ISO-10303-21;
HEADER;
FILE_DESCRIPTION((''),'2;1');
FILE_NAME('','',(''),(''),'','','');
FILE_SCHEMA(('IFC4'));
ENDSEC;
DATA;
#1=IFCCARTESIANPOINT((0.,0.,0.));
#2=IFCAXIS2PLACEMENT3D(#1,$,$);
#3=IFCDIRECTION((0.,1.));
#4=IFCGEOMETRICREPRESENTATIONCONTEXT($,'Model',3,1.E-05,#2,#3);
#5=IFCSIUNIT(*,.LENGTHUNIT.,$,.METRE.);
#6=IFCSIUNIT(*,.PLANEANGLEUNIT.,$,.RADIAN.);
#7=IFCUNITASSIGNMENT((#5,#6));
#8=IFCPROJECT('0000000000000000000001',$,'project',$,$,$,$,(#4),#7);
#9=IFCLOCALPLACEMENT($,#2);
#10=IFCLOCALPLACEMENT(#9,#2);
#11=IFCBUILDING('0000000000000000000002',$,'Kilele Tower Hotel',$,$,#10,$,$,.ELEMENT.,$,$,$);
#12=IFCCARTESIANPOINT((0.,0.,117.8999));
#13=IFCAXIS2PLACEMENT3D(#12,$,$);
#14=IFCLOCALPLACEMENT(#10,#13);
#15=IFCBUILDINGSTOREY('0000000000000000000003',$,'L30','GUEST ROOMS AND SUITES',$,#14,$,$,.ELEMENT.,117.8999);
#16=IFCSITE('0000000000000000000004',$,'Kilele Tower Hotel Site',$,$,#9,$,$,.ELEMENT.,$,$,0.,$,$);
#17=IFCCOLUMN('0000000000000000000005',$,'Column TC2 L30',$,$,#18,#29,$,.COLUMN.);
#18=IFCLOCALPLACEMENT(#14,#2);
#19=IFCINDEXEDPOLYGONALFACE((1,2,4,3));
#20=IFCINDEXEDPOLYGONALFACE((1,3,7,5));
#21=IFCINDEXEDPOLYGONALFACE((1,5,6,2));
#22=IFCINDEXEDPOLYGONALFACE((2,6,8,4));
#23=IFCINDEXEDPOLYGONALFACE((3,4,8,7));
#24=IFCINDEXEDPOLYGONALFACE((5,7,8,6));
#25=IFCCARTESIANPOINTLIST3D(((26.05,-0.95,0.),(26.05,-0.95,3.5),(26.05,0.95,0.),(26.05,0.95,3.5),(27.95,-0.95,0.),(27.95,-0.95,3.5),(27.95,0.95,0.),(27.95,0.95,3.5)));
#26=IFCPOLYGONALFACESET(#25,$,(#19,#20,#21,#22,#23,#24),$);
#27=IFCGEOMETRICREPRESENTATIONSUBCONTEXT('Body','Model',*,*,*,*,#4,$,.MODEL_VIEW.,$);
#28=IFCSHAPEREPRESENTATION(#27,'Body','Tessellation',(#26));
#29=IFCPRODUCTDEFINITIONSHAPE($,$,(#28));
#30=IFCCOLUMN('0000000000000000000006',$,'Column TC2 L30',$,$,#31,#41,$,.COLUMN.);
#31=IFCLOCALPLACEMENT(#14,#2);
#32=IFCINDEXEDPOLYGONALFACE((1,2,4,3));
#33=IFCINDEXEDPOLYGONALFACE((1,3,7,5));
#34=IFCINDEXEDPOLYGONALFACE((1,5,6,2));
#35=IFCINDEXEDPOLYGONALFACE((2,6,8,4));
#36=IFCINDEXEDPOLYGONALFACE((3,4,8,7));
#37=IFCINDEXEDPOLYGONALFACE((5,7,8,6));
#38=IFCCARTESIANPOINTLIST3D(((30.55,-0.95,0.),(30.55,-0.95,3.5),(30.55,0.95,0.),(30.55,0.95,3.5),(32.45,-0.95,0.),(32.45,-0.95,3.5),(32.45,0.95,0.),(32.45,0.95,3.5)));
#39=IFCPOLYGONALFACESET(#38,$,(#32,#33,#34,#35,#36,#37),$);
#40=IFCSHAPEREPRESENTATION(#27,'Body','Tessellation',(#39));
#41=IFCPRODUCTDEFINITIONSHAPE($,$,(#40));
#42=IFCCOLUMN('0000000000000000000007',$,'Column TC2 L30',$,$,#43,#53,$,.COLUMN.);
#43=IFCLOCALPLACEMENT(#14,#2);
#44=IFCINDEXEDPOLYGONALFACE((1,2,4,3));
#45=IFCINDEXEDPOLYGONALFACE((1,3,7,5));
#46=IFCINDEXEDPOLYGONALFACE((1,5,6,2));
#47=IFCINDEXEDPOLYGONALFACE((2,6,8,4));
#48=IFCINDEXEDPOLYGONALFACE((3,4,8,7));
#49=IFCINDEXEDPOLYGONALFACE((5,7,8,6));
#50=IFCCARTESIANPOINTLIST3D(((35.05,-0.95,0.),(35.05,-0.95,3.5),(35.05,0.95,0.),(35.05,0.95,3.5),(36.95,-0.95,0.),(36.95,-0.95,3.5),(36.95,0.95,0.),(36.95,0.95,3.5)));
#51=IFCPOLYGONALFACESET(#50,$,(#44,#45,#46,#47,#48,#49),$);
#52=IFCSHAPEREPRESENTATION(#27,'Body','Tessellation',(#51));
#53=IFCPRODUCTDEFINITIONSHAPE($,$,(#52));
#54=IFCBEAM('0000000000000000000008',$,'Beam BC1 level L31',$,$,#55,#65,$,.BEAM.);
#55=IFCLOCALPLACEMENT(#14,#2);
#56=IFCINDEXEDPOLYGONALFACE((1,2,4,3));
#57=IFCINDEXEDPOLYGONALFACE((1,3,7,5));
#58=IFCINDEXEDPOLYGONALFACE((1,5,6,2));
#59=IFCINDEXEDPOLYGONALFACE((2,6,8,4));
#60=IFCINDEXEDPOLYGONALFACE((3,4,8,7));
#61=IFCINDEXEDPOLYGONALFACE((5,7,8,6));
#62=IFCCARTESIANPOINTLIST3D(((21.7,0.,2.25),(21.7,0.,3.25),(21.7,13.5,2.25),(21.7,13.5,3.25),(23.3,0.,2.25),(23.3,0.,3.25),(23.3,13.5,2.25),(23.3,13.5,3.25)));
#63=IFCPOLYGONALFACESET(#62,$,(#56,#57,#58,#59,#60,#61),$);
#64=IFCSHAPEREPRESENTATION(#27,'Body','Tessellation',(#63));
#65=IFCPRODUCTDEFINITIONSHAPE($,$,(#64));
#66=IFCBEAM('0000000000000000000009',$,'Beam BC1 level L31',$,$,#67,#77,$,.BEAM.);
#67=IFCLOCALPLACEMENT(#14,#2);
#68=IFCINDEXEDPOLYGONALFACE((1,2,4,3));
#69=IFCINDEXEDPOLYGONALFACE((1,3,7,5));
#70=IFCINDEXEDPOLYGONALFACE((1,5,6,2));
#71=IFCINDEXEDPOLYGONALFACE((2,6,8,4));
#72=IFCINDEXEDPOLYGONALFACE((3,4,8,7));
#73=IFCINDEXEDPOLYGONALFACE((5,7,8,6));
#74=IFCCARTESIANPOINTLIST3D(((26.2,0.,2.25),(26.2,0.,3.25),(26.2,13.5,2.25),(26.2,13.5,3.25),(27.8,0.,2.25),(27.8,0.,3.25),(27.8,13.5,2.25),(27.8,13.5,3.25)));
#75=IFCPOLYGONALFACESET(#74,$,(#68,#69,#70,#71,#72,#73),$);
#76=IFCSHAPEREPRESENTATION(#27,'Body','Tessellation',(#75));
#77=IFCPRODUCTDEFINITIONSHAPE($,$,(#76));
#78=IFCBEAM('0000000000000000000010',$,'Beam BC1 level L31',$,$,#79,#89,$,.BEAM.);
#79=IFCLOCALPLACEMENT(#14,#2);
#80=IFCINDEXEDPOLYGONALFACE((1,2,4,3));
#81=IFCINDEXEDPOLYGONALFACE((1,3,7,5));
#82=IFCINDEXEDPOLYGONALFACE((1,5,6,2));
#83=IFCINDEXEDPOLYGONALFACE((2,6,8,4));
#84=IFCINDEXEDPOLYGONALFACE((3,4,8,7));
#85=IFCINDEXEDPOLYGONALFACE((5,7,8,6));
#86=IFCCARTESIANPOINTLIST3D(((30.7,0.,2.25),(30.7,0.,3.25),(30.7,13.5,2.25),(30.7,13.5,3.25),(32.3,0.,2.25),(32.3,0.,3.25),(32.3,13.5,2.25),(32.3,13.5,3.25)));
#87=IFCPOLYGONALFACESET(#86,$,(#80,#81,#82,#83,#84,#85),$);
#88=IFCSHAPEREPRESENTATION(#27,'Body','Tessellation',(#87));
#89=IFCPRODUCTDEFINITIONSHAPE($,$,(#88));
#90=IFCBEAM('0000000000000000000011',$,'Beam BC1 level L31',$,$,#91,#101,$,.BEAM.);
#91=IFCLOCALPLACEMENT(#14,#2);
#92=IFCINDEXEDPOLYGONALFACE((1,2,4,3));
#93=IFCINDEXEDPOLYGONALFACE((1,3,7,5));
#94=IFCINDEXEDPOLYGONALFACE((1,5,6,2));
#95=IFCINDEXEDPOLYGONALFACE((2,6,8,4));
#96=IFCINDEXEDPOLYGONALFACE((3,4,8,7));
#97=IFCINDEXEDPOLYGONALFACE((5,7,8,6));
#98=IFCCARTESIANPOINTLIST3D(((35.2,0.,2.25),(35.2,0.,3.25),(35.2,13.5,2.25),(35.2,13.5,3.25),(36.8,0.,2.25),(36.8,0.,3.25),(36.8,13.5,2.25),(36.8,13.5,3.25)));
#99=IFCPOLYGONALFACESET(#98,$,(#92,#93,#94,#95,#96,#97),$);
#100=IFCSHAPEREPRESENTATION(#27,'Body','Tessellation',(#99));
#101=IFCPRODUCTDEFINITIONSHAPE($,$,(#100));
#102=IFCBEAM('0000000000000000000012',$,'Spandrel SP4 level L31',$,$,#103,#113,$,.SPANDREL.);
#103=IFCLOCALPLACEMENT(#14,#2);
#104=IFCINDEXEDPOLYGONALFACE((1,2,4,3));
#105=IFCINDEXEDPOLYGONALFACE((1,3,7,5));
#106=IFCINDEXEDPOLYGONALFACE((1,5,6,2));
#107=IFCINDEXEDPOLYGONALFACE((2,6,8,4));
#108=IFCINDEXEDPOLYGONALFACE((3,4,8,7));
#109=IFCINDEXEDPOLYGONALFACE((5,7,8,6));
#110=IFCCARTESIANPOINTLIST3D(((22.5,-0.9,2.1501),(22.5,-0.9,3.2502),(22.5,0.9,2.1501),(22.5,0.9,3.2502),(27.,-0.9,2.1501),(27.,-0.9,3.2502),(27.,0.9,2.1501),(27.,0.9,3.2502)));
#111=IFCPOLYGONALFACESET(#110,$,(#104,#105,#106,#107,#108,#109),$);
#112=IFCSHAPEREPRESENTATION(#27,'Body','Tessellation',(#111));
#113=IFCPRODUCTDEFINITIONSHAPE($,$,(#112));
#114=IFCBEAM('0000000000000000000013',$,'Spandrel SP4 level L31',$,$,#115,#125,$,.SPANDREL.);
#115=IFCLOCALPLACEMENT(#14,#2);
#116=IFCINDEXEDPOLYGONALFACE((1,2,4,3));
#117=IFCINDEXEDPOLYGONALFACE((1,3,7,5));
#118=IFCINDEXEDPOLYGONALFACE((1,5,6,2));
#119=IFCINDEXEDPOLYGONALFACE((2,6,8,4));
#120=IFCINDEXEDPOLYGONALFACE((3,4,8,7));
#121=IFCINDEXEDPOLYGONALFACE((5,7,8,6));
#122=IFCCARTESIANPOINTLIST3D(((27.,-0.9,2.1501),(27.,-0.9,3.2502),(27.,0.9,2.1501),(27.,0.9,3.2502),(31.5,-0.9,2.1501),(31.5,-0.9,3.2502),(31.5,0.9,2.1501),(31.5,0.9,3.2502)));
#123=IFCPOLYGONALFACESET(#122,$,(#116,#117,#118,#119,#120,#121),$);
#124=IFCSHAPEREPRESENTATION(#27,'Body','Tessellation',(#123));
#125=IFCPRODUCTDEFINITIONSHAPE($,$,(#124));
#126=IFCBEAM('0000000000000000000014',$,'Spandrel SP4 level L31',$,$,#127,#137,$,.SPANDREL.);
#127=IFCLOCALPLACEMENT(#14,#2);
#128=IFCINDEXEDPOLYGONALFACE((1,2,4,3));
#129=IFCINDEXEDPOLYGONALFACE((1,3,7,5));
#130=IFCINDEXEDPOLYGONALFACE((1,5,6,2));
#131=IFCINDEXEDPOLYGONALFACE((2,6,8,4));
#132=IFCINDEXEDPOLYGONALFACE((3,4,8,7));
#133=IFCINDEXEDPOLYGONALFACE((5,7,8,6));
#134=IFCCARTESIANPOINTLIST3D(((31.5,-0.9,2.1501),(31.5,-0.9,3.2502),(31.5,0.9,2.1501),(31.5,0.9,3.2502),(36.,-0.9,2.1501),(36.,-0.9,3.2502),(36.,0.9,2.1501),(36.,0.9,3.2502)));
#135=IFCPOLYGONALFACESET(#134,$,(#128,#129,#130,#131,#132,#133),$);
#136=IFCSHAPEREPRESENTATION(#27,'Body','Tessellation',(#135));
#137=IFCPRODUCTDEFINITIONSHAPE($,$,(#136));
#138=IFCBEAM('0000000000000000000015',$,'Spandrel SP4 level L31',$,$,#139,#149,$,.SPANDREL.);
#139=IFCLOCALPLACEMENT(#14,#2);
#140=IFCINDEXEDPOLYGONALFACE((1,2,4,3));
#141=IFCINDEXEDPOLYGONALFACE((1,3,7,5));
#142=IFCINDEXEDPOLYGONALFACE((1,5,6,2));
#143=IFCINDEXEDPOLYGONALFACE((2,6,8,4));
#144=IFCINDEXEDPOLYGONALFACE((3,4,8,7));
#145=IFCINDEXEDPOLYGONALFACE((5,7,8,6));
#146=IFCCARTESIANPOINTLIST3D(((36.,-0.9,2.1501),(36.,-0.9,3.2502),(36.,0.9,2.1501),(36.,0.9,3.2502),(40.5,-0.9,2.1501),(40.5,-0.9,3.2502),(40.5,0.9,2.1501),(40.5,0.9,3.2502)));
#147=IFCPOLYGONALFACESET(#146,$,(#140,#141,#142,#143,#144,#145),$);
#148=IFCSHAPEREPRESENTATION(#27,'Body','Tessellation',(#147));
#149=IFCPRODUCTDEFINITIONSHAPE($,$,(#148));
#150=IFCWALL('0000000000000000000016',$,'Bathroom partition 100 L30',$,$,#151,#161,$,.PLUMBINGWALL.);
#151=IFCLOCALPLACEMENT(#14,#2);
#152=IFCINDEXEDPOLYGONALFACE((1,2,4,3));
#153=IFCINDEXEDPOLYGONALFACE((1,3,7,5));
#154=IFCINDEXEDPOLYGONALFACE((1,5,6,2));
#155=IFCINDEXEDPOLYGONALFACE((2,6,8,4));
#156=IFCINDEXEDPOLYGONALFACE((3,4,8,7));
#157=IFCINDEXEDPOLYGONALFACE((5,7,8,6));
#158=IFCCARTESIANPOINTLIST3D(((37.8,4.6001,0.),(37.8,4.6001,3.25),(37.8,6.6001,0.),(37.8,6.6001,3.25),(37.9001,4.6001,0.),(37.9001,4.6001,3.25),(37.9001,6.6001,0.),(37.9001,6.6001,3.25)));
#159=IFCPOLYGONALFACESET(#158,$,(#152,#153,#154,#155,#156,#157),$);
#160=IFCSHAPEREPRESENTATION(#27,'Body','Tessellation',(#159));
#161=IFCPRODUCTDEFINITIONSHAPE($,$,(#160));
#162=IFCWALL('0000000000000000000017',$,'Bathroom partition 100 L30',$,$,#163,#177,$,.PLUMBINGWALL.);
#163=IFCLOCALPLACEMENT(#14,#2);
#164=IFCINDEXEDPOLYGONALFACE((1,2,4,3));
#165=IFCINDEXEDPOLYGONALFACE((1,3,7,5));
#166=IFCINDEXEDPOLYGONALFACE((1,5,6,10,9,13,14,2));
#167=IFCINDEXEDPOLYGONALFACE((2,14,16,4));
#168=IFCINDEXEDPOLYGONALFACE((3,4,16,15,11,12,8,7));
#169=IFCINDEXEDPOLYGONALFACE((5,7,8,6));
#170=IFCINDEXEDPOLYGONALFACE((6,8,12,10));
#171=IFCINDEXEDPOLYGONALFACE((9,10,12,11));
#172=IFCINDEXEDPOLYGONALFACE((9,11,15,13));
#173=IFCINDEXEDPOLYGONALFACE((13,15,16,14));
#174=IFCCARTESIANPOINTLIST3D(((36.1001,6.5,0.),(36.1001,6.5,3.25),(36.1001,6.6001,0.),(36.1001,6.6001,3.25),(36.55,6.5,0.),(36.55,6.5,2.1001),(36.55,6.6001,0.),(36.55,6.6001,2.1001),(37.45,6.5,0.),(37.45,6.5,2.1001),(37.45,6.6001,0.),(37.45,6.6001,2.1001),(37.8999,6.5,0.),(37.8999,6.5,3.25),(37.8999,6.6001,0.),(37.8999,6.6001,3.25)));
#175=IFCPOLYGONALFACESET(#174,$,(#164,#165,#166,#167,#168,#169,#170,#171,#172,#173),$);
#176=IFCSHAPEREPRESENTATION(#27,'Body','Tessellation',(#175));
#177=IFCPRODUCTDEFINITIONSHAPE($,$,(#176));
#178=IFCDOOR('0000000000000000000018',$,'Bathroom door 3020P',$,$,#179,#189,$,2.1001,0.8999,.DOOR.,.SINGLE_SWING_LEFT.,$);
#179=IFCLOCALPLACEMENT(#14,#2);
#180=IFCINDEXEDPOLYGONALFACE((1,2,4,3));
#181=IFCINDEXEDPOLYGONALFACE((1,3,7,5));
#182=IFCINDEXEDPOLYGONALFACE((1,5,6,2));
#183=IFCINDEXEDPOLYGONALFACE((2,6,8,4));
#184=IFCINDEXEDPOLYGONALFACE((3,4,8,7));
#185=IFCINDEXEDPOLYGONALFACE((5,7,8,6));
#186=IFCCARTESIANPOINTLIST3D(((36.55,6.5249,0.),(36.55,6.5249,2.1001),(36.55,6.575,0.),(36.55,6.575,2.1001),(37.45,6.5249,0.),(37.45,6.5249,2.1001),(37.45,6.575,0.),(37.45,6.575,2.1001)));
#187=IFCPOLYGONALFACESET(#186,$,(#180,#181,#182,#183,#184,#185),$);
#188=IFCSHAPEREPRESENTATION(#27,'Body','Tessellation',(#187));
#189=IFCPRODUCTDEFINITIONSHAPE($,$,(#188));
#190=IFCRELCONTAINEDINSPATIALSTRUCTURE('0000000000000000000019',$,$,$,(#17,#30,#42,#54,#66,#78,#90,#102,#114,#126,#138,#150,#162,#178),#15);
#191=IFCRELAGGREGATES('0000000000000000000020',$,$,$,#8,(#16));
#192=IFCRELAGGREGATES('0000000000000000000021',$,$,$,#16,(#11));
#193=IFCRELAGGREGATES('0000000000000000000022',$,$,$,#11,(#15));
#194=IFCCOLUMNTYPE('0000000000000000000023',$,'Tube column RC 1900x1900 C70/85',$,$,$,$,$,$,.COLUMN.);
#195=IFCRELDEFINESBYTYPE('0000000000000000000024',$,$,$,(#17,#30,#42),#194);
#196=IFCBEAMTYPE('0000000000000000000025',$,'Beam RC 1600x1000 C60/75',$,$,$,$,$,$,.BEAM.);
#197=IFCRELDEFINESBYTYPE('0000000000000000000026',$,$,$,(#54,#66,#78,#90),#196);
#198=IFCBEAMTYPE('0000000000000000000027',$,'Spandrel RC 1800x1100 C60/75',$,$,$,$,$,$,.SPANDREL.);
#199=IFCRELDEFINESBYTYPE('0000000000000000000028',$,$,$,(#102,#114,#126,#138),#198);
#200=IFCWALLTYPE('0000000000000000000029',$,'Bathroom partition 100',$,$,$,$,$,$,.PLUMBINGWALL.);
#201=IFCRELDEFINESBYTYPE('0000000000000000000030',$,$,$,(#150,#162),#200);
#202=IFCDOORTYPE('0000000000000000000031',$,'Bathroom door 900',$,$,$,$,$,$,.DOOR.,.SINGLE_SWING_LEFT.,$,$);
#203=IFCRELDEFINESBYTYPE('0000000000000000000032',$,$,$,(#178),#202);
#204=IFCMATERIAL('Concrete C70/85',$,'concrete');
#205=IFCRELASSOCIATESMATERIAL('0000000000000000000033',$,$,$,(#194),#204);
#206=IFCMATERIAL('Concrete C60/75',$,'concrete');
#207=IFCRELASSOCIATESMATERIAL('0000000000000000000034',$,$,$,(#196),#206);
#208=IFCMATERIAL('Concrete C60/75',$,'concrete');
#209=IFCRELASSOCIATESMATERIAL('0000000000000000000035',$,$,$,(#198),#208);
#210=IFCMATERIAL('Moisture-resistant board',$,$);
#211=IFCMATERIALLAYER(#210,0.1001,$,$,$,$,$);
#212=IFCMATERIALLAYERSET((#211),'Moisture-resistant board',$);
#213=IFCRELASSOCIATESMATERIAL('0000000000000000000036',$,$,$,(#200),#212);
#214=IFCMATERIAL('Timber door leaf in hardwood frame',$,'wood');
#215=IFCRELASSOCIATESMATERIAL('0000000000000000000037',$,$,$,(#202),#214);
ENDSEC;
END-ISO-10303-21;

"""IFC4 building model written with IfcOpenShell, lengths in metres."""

from ifc_helpers import new_model, si_unit, direction, frame, frame_2d, origin, origin_2d, place, context, subcontext, project, spatial, rectangle, extrude, material, layer, layer_set, material_profile, profile_set, type_object, element, fill, save


model = new_model("IFC4")

# Units and contexts
model_context = context("Model", 3, precision=1e-05, world=origin(), true_north=direction((0.0, 1.0)))
body_context = subcontext(model_context, "Body", "Model", "MODEL_VIEW")
ifc_project = project(units=[si_unit("LENGTHUNIT", "METRE"), si_unit("PLANEANGLEUNIT", "RADIAN")], contexts=[model_context])

# Site, building, storey
site_placement = place(None, origin())
site = spatial("IfcSite", under=ifc_project, at=site_placement, Name="Kilele Tower Hotel Site", CompositionType="ELEMENT", RefElevation=0.0)
building_placement = place(site_placement, origin())
building = spatial("IfcBuilding", under=site, at=building_placement, Name="Kilele Tower Hotel", CompositionType="ELEMENT")
storey_placement = place(building_placement, frame((0.0, 0.0, 117.8999)))
storey = spatial("IfcBuildingStorey", under=building, at=storey_placement, Name="L30", Description="GUEST ROOMS AND SUITES", CompositionType="ELEMENT", Elevation=117.8999)

# Columns
ifc_material_1 = material(Name="Concrete C70/85", Category="concrete")
ifc_material_profile_1 = material_profile(ifc_material_1, rectangle(XDim=1.8999, YDim=1.8999, at=origin_2d()))
ifc_profile_set_1 = profile_set([ifc_material_profile_1], Name="Concrete C70/85")
column_type = type_object("IfcColumnType", Name="Tube column RC 1900x1900 C70/85", PredefinedType="COLUMN", material=ifc_profile_set_1)
for number, where, z_axis, x_axis, name in (
    (1, (27.0, 0.0, 0.0), (0.0, 0.0, 1.0), (1.0, 0.0, 0.0), "Column TC2 L30"),
    (2, (31.5, 0.0, 0.0), (0.0, 0.0, 1.0), (1.0, 0.0, 0.0), "Column TC2 L30"),
    (3, (36.0, 0.0, 0.0), (0.0, 0.0, 1.0), (1.0, 0.0, 0.0), "Column TC2 L30"),
):
    element("IfcColumn", number, at=place(storey_placement, frame(where, z_axis=z_axis, x_axis=x_axis)), inside=storey, type_object=column_type, Name=name, PredefinedType="COLUMN", context=body_context, shape_type="SweptSolid", body=[
        extrude(rectangle(XDim=1.8999, YDim=1.8999, at=origin_2d()), origin(), (0.0, 0.0, 1.0), 3.5),
    ])

# Beams
ifc_material_2 = material(Name="Concrete C60/75", Category="concrete")
ifc_material_profile_2 = material_profile(ifc_material_2, rectangle(XDim=1.6001, YDim=1.0, at=origin_2d()))
ifc_profile_set_2 = profile_set([ifc_material_profile_2], Name="Concrete C60/75")
beam_type_1 = type_object("IfcBeamType", Name="Beam RC 1600x1000 C60/75", PredefinedType="BEAM", material=ifc_profile_set_2)
for number, where, z_axis, x_axis, name in (
    (4, (22.5, 0.0, 2.75), (0.0, 1.0, 0.0), (-1.0, 0.0, 0.0), "Beam BC1 level L31"),
    (5, (27.0, 0.0, 2.75), (0.0, 1.0, 0.0), (-1.0, 0.0, 0.0), "Beam BC1 level L31"),
    (6, (31.5, 0.0, 2.75), (0.0, 1.0, 0.0), (-1.0, 0.0, 0.0), "Beam BC1 level L31"),
    (7, (36.0, 0.0, 2.75), (0.0, 1.0, 0.0), (-1.0, 0.0, 0.0), "Beam BC1 level L31"),
):
    element("IfcBeam", number, at=place(storey_placement, frame(where, z_axis=z_axis, x_axis=x_axis)), inside=storey, type_object=beam_type_1, Name=name, PredefinedType="BEAM", context=body_context, shape_type="SweptSolid", body=[
        extrude(rectangle(XDim=1.6001, YDim=1.0, at=origin_2d()), origin(), (0.0, 0.0, 1.0), 13.5),
    ])
ifc_material_3 = material(Name="Concrete C60/75", Category="concrete")
ifc_material_profile_3 = material_profile(ifc_material_3, rectangle(XDim=1.8, YDim=1.1001, at=origin_2d()))
ifc_profile_set_3 = profile_set([ifc_material_profile_3], Name="Concrete C60/75")
beam_type_2 = type_object("IfcBeamType", Name="Spandrel RC 1800x1100 C60/75", PredefinedType="SPANDREL", material=ifc_profile_set_3)
for number, where, z_axis, x_axis, name in (
    (8, (22.5, 0.0, 2.7002), (1.0, 0.0, 0.0), (0.0, 1.0, 0.0), "Spandrel SP4 level L31"),
    (9, (27.0, 0.0, 2.7002), (1.0, 0.0, 0.0), (0.0, 1.0, 0.0), "Spandrel SP4 level L31"),
    (10, (31.5, 0.0, 2.7002), (1.0, 0.0, 0.0), (0.0, 1.0, 0.0), "Spandrel SP4 level L31"),
    (11, (36.0, 0.0, 2.7002), (1.0, 0.0, 0.0), (0.0, 1.0, 0.0), "Spandrel SP4 level L31"),
):
    element("IfcBeam", number, at=place(storey_placement, frame(where, z_axis=z_axis, x_axis=x_axis)), inside=storey, type_object=beam_type_2, Name=name, PredefinedType="SPANDREL", context=body_context, shape_type="SweptSolid", body=[
        extrude(rectangle(XDim=1.8, YDim=1.1001, at=origin_2d()), origin(), (0.0, 0.0, 1.0), 4.5),
    ])

# Wall
ifc_material_4 = material(Name="Moisture-resistant board")
ifc_layer_1 = layer(ifc_material_4, 0.1001)
ifc_layer_set_1 = layer_set([ifc_layer_1], Name="Moisture-resistant board")
wall_type_1 = type_object("IfcWallType", Name="Bathroom partition 100", PredefinedType="PLUMBINGWALL", material=ifc_layer_set_1)
wall_1_placement = place(storey_placement, frame((37.8501, 4.6001, 0.0), z_axis=(0.0, 0.0, 1.0), x_axis=(0.0, 1.0, 0.0)))
element("IfcWall", 12, at=wall_1_placement, inside=storey, type_object=wall_type_1, Name="Bathroom partition 100 L30", PredefinedType="PLUMBINGWALL", context=body_context, shape_type="SweptSolid", body=[
    extrude(rectangle(XDim=2.0, YDim=0.1001, at=frame_2d((1.0, 0.0))), origin(), (0.0, 0.0, 1.0), 3.25),
])

# Wall, opening, door
wall_2_placement = place(storey_placement, frame((36.1001, 6.55, 0.0), z_axis=(0.0, 0.0, 1.0), x_axis=(1.0, 0.0, 0.0)))
wall_2 = element("IfcWall", 13, at=wall_2_placement, inside=storey, type_object=wall_type_1, Name="Bathroom partition 100 L30", PredefinedType="PLUMBINGWALL", context=body_context, shape_type="SweptSolid", body=[
    extrude(rectangle(XDim=1.7998, YDim=0.1001, at=frame_2d((0.8999, 0.0))), origin(), (0.0, 0.0, 1.0), 3.25),
])
opening_1_placement = place(wall_2_placement, frame((0.45, 0.0, 0.0)))
opening_1 = element("IfcOpeningElement", 14, at=opening_1_placement, cuts=wall_2, PredefinedType="OPENING", context=body_context, shape_type="SweptSolid", body=[
    extrude(rectangle(XDim=0.8999, YDim=2.1001, at=frame_2d((0.45, 1.05))), frame((0.0, 0.0601, 0.0), z_axis=(0.0, -1.0, 0.0), x_axis=(1.0, 0.0, 0.0)), (0.0, 0.0, 1.0), 0.1201),
])
ifc_material_5 = material(Name="Timber door leaf in hardwood frame", Category="wood")
door_type_1 = type_object("IfcDoorType", Name="Bathroom door 900", OperationType="SINGLE_SWING_LEFT", PredefinedType="DOOR", material=ifc_material_5)
door_1_placement = place(opening_1_placement, origin())
door_1 = element("IfcDoor", 15, at=door_1_placement, inside=storey, type_object=door_type_1, Name="Bathroom door 3020P", OperationType="SINGLE_SWING_LEFT", OverallHeight=2.1001, OverallWidth=0.8999, PredefinedType="DOOR", context=body_context, shape_type="SweptSolid", body=[
    extrude(rectangle(XDim=0.8999, YDim=2.1001, at=frame_2d((0.45, 1.05))), frame((0.0, 0.0249, 0.0), z_axis=(0.0, -1.0, 0.0), x_axis=(1.0, 0.0, 0.0)), (0.0, 0.0, 1.0), 0.05),
])
fill(opening_1, door_1)

save(model, "model.ifc")
